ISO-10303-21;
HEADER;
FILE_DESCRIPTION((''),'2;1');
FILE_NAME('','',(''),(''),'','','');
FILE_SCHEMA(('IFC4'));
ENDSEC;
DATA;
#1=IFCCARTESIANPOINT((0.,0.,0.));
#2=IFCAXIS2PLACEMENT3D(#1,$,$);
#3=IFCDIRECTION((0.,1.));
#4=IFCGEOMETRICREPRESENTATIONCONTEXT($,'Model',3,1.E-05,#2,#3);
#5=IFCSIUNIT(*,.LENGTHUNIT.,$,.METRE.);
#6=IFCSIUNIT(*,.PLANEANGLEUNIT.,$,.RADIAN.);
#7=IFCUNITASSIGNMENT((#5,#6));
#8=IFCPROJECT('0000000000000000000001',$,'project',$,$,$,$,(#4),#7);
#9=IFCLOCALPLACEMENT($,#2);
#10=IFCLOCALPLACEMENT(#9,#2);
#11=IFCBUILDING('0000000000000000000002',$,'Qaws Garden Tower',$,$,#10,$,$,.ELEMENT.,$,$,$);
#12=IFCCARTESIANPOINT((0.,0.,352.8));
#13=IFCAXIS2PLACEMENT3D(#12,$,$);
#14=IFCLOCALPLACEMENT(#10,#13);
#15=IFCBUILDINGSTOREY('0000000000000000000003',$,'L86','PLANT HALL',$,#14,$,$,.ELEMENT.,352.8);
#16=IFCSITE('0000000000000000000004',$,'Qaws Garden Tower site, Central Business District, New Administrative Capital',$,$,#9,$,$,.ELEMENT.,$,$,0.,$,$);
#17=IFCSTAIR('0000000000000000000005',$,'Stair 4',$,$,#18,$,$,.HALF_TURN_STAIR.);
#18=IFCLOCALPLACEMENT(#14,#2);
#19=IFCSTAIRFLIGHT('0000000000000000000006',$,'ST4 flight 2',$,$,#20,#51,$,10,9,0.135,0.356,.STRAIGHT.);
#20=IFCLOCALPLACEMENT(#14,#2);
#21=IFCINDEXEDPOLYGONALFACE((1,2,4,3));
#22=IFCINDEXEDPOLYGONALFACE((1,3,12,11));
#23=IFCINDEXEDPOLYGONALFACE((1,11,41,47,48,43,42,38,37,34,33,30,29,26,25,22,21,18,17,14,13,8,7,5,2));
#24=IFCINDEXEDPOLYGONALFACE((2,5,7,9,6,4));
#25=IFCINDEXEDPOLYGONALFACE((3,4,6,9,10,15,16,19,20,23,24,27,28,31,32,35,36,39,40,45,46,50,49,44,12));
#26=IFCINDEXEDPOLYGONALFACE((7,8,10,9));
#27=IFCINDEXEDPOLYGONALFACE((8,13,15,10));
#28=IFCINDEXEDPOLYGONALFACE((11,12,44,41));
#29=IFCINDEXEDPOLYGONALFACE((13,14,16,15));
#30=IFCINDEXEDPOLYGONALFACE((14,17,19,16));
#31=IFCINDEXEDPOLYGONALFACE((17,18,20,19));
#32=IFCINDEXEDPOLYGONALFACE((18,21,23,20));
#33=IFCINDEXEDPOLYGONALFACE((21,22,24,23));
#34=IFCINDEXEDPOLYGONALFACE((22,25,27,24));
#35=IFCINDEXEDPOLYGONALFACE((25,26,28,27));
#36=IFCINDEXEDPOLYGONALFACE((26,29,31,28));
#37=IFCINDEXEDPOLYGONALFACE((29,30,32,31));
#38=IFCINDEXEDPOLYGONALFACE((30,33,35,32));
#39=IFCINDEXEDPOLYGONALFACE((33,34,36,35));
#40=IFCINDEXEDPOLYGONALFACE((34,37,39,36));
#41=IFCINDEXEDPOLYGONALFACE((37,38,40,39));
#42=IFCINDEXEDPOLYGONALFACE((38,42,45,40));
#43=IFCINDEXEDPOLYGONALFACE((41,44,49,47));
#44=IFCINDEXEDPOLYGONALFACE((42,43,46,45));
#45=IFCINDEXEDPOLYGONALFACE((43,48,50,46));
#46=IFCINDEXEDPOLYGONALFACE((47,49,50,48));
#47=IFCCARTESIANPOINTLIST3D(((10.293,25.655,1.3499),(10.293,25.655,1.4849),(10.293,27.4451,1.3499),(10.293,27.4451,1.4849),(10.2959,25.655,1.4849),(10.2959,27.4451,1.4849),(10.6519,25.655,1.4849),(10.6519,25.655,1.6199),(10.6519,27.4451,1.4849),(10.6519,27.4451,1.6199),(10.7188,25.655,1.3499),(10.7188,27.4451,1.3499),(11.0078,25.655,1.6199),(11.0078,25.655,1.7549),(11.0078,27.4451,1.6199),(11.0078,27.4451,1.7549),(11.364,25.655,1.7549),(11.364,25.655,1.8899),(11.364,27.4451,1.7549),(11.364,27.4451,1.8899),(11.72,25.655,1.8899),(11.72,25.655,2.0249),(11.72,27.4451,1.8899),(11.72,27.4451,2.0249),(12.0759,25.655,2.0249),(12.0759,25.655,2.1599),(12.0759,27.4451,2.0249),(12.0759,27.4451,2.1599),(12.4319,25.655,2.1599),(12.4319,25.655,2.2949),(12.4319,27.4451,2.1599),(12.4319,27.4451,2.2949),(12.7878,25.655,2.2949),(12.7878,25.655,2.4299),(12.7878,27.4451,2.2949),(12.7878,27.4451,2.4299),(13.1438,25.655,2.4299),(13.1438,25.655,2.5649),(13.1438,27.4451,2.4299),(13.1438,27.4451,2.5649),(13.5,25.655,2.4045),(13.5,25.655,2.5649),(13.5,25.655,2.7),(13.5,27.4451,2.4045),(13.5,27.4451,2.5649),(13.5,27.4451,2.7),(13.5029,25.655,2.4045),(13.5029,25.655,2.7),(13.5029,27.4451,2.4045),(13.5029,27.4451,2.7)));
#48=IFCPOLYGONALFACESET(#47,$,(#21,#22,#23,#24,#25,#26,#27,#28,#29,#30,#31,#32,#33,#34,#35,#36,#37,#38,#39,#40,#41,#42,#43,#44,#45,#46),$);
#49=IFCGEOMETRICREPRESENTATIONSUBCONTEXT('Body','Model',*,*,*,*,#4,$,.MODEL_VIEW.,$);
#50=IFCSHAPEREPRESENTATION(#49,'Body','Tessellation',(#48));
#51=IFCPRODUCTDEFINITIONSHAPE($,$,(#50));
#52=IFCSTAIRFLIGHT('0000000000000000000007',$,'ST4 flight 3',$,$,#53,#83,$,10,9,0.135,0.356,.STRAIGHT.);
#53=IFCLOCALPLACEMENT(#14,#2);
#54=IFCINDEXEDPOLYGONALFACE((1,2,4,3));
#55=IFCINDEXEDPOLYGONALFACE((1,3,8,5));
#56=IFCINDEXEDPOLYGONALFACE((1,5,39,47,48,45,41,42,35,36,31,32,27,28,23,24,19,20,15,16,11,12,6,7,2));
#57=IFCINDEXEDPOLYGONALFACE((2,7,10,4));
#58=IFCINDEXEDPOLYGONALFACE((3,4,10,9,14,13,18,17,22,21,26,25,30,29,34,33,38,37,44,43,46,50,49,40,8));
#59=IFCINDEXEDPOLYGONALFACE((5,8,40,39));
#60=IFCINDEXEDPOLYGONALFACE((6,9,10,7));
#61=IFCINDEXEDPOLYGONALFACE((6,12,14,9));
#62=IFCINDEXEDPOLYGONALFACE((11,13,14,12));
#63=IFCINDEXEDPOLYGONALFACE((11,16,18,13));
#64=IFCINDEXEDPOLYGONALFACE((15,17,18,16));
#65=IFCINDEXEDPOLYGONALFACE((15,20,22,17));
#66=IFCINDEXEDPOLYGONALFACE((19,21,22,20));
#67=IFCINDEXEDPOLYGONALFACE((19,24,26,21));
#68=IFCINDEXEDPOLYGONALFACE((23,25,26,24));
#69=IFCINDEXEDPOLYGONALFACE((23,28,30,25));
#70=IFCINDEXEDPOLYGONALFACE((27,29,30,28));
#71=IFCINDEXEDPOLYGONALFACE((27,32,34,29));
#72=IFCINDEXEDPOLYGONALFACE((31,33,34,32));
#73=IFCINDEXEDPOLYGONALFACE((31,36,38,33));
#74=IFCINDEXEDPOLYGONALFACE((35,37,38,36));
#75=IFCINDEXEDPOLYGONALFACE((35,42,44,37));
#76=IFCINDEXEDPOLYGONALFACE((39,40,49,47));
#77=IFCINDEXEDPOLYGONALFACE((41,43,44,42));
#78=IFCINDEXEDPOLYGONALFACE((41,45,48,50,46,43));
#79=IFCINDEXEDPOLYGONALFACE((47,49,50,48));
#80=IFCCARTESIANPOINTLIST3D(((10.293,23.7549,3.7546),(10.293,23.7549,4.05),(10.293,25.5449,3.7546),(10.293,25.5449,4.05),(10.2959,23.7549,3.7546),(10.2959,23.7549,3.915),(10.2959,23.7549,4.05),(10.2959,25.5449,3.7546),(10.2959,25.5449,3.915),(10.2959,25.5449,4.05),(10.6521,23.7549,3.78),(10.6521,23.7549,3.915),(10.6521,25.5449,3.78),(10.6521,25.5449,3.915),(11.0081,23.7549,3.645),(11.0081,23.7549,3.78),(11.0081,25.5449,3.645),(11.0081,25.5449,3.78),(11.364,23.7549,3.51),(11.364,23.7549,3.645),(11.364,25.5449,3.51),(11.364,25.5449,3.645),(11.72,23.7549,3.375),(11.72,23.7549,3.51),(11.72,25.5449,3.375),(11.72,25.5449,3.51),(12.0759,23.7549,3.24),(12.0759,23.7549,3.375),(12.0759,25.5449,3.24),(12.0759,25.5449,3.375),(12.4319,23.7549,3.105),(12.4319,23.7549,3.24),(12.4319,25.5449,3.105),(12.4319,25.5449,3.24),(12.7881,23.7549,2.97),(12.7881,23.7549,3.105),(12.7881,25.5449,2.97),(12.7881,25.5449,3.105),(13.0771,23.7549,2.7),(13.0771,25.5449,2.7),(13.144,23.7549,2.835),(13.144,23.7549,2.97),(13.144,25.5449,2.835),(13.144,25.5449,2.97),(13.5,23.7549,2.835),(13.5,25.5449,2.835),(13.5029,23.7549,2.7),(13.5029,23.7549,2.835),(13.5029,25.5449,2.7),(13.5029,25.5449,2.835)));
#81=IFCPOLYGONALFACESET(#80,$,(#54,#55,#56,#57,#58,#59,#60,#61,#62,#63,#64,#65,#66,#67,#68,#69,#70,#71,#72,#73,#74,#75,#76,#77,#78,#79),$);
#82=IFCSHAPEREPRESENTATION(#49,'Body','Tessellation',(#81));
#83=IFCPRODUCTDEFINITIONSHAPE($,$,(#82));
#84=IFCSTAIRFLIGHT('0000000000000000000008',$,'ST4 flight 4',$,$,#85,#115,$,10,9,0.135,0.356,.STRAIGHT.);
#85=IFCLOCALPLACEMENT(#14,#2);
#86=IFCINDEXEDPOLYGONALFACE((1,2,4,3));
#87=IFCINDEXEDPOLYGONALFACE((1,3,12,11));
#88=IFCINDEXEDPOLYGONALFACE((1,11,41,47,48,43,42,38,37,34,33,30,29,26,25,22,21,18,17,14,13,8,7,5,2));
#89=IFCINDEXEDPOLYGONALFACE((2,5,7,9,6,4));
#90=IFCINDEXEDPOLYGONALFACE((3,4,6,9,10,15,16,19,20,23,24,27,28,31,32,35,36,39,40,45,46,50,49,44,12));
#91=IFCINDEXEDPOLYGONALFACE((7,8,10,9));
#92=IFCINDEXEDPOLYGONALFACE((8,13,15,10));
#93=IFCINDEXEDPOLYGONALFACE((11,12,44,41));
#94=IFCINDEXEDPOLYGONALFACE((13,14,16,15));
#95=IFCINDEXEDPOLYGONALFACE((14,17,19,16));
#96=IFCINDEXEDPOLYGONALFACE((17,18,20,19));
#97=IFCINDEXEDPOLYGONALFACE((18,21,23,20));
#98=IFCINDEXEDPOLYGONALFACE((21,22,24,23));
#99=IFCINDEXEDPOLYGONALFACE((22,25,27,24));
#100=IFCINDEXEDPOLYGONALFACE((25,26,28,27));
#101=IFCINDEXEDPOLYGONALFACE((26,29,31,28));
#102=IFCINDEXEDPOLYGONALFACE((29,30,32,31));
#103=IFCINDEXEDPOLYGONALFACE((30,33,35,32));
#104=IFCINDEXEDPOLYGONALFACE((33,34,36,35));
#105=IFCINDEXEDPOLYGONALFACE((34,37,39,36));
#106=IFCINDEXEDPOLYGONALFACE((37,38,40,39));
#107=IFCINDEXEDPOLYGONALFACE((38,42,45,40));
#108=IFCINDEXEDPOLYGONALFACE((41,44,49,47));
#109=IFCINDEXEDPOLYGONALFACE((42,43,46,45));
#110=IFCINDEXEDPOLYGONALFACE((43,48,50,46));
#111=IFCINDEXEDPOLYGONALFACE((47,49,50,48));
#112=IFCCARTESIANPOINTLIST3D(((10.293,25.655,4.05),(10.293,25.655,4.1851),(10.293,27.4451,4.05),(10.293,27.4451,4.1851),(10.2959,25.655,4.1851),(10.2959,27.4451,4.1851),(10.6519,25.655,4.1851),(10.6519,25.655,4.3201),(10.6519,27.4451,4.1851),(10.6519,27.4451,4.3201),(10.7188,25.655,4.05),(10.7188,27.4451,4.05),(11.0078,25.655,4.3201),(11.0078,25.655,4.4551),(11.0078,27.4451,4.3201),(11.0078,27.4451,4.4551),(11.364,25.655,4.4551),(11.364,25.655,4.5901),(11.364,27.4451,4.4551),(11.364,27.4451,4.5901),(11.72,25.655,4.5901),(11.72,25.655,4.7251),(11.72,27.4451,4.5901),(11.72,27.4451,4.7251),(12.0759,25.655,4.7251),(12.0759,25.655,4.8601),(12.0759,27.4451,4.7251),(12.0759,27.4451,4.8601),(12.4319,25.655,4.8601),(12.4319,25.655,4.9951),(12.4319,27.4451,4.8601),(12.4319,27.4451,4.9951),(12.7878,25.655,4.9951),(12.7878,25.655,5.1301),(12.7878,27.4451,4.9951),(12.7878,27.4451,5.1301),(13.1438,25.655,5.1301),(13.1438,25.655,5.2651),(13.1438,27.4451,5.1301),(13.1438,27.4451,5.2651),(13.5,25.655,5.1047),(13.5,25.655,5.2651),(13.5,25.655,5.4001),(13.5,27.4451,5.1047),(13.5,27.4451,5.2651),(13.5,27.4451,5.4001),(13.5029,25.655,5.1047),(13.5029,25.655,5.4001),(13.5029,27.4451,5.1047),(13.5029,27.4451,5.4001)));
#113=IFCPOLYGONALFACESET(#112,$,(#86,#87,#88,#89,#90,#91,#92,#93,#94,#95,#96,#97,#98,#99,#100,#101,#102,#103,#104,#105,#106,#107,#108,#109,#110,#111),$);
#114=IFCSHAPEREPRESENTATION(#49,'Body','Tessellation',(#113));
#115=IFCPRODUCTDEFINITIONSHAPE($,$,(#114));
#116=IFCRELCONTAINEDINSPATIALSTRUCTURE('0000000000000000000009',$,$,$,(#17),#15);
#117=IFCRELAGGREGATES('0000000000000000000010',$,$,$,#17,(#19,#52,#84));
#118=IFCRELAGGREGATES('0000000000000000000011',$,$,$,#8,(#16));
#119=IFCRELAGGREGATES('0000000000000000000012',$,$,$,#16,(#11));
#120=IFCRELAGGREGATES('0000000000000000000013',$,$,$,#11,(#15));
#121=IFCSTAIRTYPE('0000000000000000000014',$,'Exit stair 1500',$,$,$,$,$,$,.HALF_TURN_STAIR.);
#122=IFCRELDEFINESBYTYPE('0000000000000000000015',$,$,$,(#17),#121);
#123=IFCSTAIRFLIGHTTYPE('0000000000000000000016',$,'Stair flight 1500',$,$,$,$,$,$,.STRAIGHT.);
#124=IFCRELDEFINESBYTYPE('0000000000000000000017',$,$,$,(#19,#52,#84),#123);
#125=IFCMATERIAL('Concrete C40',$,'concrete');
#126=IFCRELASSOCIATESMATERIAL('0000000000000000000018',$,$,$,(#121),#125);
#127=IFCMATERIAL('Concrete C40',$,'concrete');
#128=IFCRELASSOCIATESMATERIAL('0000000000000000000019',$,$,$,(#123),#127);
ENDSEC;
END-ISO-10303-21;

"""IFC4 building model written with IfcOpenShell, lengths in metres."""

from ifc_helpers import new_model, si_unit, direction, frame, origin, place, context, subcontext, project, spatial, polyline, outline, extrude, material, type_object, element, aggregate, save


model = new_model("IFC4")

# Units and contexts
model_context = context("Model", 3, precision=1e-05, world=origin(), true_north=direction((0.0, 1.0)))
body_context = subcontext(model_context, "Body", "Model", "MODEL_VIEW")
ifc_project = project(units=[si_unit("LENGTHUNIT", "METRE"), si_unit("PLANEANGLEUNIT", "RADIAN")], contexts=[model_context])

# Site, building, storey
site_placement = place(None, origin())
site = spatial("IfcSite", under=ifc_project, at=site_placement, Name="Qaws Garden Tower site, Central Business District, New Administrative Capital", CompositionType="ELEMENT", RefElevation=0.0)
building_placement = place(site_placement, origin())
building = spatial("IfcBuilding", under=site, at=building_placement, Name="Qaws Garden Tower", CompositionType="ELEMENT")
storey_placement = place(building_placement, frame((0.0, 0.0, 352.8)))
storey = spatial("IfcBuildingStorey", under=building, at=storey_placement, Name="L86", Description="PLANT HALL", CompositionType="ELEMENT", Elevation=352.8)

# Stair, stair flights
ifc_material_1 = material(Name="Concrete C40", Category="concrete")
stair_type = type_object("IfcStairType", Name="Exit stair 1500", PredefinedType="HALF_TURN_STAIR", material=ifc_material_1)
stair_placement = place(storey_placement, origin())
stair = element("IfcStair", 1, at=stair_placement, inside=storey, type_object=stair_type, Name="Stair 4", PredefinedType="HALF_TURN_STAIR")
ifc_material_2 = material(Name="Concrete C40", Category="concrete")
stair_flight_type = type_object("IfcStairFlightType", Name="Stair flight 1500", PredefinedType="STRAIGHT", material=ifc_material_2)
stair_flight_1_placement = place(storey_placement, frame((10.2959, 26.55, 1.3499), z_axis=(0.0, 0.0, 1.0), x_axis=(1.0, 0.0, 0.0)))
stair_flight_1 = element("IfcStairFlight", 2, at=stair_flight_1_placement, type_object=stair_flight_type, Name="ST4 flight 2", NumberOfRisers=10, NumberOfTreads=9, PredefinedType="STRAIGHT", RiserHeight=0.135, TreadLength=0.356, context=body_context, shape_type="SweptSolid", body=[
    extrude(outline(polyline([(-0.0029, 0.0), (-0.0029, 0.135), (0.0, 0.135), (0.356, 0.135), (0.356, 0.27), (0.7119, 0.27), (0.7119, 0.405), (1.0681, 0.405), (1.0681, 0.54), (1.4241, 0.54), (1.4241, 0.675), (1.78, 0.675), (1.78, 0.8101), (2.136, 0.8101), (2.136, 0.9451), (2.4919, 0.9451), (2.4919, 1.0801), (2.8479, 1.0801), (2.8479, 1.2151), (3.2041, 1.2151), (3.2041, 1.3501), (3.207, 1.3501), (3.207, 1.0547), (3.2041, 1.0547), (0.4229, 0.0), (-0.0029, 0.0)])), frame((0.0, 0.895, 0.0), z_axis=(0.0, -1.0, 0.0), x_axis=(1.0, 0.0, 0.0)), (0.0, 0.0, 1.0), 1.79),
])
stair_flight_2_placement = place(storey_placement, frame((13.5, 24.6499, 2.7), z_axis=(0.0, 0.0, 1.0), x_axis=(-1.0, 0.0, 0.0)))
stair_flight_2 = element("IfcStairFlight", 3, at=stair_flight_2_placement, type_object=stair_flight_type, Name="ST4 flight 3", NumberOfRisers=10, NumberOfTreads=9, PredefinedType="STRAIGHT", RiserHeight=0.135, TreadLength=0.356, context=body_context, shape_type="SweptSolid", body=[
    extrude(outline(polyline([(-0.0029, 0.0), (-0.0029, 0.135), (0.0, 0.135), (0.356, 0.135), (0.356, 0.27), (0.7119, 0.27), (0.7119, 0.405), (1.0681, 0.405), (1.0681, 0.54), (1.4241, 0.54), (1.4241, 0.675), (1.78, 0.675), (1.78, 0.8101), (2.136, 0.8101), (2.136, 0.9451), (2.4919, 0.9451), (2.4919, 1.0801), (2.8479, 1.0801), (2.8479, 1.2151), (3.2041, 1.2151), (3.2041, 1.3501), (3.207, 1.3501), (3.207, 1.0547), (3.2041, 1.0547), (0.4229, 0.0), (-0.0029, 0.0)])), frame((0.0, 0.895, 0.0), z_axis=(0.0, -1.0, 0.0), x_axis=(1.0, 0.0, 0.0)), (0.0, 0.0, 1.0), 1.79),
])
stair_flight_3_placement = place(storey_placement, frame((10.2959, 26.55, 4.05), z_axis=(0.0, 0.0, 1.0), x_axis=(1.0, 0.0, 0.0)))
stair_flight_3 = element("IfcStairFlight", 4, at=stair_flight_3_placement, type_object=stair_flight_type, Name="ST4 flight 4", NumberOfRisers=10, NumberOfTreads=9, PredefinedType="STRAIGHT", RiserHeight=0.135, TreadLength=0.356, context=body_context, shape_type="SweptSolid", body=[
    extrude(outline(polyline([(-0.0029, 0.0), (-0.0029, 0.135), (0.0, 0.135), (0.356, 0.135), (0.356, 0.27), (0.7119, 0.27), (0.7119, 0.405), (1.0681, 0.405), (1.0681, 0.54), (1.4241, 0.54), (1.4241, 0.675), (1.78, 0.675), (1.78, 0.8101), (2.136, 0.8101), (2.136, 0.9451), (2.4919, 0.9451), (2.4919, 1.0801), (2.8479, 1.0801), (2.8479, 1.2151), (3.2041, 1.2151), (3.2041, 1.3501), (3.207, 1.3501), (3.207, 1.0547), (3.2041, 1.0547), (0.4229, 0.0), (-0.0029, 0.0)])), frame((0.0, 0.895, 0.0), z_axis=(0.0, -1.0, 0.0), x_axis=(1.0, 0.0, 0.0)), (0.0, 0.0, 1.0), 1.79),
])
aggregate(stair, [stair_flight_1, stair_flight_2, stair_flight_3])

save(model, "model.ifc")
